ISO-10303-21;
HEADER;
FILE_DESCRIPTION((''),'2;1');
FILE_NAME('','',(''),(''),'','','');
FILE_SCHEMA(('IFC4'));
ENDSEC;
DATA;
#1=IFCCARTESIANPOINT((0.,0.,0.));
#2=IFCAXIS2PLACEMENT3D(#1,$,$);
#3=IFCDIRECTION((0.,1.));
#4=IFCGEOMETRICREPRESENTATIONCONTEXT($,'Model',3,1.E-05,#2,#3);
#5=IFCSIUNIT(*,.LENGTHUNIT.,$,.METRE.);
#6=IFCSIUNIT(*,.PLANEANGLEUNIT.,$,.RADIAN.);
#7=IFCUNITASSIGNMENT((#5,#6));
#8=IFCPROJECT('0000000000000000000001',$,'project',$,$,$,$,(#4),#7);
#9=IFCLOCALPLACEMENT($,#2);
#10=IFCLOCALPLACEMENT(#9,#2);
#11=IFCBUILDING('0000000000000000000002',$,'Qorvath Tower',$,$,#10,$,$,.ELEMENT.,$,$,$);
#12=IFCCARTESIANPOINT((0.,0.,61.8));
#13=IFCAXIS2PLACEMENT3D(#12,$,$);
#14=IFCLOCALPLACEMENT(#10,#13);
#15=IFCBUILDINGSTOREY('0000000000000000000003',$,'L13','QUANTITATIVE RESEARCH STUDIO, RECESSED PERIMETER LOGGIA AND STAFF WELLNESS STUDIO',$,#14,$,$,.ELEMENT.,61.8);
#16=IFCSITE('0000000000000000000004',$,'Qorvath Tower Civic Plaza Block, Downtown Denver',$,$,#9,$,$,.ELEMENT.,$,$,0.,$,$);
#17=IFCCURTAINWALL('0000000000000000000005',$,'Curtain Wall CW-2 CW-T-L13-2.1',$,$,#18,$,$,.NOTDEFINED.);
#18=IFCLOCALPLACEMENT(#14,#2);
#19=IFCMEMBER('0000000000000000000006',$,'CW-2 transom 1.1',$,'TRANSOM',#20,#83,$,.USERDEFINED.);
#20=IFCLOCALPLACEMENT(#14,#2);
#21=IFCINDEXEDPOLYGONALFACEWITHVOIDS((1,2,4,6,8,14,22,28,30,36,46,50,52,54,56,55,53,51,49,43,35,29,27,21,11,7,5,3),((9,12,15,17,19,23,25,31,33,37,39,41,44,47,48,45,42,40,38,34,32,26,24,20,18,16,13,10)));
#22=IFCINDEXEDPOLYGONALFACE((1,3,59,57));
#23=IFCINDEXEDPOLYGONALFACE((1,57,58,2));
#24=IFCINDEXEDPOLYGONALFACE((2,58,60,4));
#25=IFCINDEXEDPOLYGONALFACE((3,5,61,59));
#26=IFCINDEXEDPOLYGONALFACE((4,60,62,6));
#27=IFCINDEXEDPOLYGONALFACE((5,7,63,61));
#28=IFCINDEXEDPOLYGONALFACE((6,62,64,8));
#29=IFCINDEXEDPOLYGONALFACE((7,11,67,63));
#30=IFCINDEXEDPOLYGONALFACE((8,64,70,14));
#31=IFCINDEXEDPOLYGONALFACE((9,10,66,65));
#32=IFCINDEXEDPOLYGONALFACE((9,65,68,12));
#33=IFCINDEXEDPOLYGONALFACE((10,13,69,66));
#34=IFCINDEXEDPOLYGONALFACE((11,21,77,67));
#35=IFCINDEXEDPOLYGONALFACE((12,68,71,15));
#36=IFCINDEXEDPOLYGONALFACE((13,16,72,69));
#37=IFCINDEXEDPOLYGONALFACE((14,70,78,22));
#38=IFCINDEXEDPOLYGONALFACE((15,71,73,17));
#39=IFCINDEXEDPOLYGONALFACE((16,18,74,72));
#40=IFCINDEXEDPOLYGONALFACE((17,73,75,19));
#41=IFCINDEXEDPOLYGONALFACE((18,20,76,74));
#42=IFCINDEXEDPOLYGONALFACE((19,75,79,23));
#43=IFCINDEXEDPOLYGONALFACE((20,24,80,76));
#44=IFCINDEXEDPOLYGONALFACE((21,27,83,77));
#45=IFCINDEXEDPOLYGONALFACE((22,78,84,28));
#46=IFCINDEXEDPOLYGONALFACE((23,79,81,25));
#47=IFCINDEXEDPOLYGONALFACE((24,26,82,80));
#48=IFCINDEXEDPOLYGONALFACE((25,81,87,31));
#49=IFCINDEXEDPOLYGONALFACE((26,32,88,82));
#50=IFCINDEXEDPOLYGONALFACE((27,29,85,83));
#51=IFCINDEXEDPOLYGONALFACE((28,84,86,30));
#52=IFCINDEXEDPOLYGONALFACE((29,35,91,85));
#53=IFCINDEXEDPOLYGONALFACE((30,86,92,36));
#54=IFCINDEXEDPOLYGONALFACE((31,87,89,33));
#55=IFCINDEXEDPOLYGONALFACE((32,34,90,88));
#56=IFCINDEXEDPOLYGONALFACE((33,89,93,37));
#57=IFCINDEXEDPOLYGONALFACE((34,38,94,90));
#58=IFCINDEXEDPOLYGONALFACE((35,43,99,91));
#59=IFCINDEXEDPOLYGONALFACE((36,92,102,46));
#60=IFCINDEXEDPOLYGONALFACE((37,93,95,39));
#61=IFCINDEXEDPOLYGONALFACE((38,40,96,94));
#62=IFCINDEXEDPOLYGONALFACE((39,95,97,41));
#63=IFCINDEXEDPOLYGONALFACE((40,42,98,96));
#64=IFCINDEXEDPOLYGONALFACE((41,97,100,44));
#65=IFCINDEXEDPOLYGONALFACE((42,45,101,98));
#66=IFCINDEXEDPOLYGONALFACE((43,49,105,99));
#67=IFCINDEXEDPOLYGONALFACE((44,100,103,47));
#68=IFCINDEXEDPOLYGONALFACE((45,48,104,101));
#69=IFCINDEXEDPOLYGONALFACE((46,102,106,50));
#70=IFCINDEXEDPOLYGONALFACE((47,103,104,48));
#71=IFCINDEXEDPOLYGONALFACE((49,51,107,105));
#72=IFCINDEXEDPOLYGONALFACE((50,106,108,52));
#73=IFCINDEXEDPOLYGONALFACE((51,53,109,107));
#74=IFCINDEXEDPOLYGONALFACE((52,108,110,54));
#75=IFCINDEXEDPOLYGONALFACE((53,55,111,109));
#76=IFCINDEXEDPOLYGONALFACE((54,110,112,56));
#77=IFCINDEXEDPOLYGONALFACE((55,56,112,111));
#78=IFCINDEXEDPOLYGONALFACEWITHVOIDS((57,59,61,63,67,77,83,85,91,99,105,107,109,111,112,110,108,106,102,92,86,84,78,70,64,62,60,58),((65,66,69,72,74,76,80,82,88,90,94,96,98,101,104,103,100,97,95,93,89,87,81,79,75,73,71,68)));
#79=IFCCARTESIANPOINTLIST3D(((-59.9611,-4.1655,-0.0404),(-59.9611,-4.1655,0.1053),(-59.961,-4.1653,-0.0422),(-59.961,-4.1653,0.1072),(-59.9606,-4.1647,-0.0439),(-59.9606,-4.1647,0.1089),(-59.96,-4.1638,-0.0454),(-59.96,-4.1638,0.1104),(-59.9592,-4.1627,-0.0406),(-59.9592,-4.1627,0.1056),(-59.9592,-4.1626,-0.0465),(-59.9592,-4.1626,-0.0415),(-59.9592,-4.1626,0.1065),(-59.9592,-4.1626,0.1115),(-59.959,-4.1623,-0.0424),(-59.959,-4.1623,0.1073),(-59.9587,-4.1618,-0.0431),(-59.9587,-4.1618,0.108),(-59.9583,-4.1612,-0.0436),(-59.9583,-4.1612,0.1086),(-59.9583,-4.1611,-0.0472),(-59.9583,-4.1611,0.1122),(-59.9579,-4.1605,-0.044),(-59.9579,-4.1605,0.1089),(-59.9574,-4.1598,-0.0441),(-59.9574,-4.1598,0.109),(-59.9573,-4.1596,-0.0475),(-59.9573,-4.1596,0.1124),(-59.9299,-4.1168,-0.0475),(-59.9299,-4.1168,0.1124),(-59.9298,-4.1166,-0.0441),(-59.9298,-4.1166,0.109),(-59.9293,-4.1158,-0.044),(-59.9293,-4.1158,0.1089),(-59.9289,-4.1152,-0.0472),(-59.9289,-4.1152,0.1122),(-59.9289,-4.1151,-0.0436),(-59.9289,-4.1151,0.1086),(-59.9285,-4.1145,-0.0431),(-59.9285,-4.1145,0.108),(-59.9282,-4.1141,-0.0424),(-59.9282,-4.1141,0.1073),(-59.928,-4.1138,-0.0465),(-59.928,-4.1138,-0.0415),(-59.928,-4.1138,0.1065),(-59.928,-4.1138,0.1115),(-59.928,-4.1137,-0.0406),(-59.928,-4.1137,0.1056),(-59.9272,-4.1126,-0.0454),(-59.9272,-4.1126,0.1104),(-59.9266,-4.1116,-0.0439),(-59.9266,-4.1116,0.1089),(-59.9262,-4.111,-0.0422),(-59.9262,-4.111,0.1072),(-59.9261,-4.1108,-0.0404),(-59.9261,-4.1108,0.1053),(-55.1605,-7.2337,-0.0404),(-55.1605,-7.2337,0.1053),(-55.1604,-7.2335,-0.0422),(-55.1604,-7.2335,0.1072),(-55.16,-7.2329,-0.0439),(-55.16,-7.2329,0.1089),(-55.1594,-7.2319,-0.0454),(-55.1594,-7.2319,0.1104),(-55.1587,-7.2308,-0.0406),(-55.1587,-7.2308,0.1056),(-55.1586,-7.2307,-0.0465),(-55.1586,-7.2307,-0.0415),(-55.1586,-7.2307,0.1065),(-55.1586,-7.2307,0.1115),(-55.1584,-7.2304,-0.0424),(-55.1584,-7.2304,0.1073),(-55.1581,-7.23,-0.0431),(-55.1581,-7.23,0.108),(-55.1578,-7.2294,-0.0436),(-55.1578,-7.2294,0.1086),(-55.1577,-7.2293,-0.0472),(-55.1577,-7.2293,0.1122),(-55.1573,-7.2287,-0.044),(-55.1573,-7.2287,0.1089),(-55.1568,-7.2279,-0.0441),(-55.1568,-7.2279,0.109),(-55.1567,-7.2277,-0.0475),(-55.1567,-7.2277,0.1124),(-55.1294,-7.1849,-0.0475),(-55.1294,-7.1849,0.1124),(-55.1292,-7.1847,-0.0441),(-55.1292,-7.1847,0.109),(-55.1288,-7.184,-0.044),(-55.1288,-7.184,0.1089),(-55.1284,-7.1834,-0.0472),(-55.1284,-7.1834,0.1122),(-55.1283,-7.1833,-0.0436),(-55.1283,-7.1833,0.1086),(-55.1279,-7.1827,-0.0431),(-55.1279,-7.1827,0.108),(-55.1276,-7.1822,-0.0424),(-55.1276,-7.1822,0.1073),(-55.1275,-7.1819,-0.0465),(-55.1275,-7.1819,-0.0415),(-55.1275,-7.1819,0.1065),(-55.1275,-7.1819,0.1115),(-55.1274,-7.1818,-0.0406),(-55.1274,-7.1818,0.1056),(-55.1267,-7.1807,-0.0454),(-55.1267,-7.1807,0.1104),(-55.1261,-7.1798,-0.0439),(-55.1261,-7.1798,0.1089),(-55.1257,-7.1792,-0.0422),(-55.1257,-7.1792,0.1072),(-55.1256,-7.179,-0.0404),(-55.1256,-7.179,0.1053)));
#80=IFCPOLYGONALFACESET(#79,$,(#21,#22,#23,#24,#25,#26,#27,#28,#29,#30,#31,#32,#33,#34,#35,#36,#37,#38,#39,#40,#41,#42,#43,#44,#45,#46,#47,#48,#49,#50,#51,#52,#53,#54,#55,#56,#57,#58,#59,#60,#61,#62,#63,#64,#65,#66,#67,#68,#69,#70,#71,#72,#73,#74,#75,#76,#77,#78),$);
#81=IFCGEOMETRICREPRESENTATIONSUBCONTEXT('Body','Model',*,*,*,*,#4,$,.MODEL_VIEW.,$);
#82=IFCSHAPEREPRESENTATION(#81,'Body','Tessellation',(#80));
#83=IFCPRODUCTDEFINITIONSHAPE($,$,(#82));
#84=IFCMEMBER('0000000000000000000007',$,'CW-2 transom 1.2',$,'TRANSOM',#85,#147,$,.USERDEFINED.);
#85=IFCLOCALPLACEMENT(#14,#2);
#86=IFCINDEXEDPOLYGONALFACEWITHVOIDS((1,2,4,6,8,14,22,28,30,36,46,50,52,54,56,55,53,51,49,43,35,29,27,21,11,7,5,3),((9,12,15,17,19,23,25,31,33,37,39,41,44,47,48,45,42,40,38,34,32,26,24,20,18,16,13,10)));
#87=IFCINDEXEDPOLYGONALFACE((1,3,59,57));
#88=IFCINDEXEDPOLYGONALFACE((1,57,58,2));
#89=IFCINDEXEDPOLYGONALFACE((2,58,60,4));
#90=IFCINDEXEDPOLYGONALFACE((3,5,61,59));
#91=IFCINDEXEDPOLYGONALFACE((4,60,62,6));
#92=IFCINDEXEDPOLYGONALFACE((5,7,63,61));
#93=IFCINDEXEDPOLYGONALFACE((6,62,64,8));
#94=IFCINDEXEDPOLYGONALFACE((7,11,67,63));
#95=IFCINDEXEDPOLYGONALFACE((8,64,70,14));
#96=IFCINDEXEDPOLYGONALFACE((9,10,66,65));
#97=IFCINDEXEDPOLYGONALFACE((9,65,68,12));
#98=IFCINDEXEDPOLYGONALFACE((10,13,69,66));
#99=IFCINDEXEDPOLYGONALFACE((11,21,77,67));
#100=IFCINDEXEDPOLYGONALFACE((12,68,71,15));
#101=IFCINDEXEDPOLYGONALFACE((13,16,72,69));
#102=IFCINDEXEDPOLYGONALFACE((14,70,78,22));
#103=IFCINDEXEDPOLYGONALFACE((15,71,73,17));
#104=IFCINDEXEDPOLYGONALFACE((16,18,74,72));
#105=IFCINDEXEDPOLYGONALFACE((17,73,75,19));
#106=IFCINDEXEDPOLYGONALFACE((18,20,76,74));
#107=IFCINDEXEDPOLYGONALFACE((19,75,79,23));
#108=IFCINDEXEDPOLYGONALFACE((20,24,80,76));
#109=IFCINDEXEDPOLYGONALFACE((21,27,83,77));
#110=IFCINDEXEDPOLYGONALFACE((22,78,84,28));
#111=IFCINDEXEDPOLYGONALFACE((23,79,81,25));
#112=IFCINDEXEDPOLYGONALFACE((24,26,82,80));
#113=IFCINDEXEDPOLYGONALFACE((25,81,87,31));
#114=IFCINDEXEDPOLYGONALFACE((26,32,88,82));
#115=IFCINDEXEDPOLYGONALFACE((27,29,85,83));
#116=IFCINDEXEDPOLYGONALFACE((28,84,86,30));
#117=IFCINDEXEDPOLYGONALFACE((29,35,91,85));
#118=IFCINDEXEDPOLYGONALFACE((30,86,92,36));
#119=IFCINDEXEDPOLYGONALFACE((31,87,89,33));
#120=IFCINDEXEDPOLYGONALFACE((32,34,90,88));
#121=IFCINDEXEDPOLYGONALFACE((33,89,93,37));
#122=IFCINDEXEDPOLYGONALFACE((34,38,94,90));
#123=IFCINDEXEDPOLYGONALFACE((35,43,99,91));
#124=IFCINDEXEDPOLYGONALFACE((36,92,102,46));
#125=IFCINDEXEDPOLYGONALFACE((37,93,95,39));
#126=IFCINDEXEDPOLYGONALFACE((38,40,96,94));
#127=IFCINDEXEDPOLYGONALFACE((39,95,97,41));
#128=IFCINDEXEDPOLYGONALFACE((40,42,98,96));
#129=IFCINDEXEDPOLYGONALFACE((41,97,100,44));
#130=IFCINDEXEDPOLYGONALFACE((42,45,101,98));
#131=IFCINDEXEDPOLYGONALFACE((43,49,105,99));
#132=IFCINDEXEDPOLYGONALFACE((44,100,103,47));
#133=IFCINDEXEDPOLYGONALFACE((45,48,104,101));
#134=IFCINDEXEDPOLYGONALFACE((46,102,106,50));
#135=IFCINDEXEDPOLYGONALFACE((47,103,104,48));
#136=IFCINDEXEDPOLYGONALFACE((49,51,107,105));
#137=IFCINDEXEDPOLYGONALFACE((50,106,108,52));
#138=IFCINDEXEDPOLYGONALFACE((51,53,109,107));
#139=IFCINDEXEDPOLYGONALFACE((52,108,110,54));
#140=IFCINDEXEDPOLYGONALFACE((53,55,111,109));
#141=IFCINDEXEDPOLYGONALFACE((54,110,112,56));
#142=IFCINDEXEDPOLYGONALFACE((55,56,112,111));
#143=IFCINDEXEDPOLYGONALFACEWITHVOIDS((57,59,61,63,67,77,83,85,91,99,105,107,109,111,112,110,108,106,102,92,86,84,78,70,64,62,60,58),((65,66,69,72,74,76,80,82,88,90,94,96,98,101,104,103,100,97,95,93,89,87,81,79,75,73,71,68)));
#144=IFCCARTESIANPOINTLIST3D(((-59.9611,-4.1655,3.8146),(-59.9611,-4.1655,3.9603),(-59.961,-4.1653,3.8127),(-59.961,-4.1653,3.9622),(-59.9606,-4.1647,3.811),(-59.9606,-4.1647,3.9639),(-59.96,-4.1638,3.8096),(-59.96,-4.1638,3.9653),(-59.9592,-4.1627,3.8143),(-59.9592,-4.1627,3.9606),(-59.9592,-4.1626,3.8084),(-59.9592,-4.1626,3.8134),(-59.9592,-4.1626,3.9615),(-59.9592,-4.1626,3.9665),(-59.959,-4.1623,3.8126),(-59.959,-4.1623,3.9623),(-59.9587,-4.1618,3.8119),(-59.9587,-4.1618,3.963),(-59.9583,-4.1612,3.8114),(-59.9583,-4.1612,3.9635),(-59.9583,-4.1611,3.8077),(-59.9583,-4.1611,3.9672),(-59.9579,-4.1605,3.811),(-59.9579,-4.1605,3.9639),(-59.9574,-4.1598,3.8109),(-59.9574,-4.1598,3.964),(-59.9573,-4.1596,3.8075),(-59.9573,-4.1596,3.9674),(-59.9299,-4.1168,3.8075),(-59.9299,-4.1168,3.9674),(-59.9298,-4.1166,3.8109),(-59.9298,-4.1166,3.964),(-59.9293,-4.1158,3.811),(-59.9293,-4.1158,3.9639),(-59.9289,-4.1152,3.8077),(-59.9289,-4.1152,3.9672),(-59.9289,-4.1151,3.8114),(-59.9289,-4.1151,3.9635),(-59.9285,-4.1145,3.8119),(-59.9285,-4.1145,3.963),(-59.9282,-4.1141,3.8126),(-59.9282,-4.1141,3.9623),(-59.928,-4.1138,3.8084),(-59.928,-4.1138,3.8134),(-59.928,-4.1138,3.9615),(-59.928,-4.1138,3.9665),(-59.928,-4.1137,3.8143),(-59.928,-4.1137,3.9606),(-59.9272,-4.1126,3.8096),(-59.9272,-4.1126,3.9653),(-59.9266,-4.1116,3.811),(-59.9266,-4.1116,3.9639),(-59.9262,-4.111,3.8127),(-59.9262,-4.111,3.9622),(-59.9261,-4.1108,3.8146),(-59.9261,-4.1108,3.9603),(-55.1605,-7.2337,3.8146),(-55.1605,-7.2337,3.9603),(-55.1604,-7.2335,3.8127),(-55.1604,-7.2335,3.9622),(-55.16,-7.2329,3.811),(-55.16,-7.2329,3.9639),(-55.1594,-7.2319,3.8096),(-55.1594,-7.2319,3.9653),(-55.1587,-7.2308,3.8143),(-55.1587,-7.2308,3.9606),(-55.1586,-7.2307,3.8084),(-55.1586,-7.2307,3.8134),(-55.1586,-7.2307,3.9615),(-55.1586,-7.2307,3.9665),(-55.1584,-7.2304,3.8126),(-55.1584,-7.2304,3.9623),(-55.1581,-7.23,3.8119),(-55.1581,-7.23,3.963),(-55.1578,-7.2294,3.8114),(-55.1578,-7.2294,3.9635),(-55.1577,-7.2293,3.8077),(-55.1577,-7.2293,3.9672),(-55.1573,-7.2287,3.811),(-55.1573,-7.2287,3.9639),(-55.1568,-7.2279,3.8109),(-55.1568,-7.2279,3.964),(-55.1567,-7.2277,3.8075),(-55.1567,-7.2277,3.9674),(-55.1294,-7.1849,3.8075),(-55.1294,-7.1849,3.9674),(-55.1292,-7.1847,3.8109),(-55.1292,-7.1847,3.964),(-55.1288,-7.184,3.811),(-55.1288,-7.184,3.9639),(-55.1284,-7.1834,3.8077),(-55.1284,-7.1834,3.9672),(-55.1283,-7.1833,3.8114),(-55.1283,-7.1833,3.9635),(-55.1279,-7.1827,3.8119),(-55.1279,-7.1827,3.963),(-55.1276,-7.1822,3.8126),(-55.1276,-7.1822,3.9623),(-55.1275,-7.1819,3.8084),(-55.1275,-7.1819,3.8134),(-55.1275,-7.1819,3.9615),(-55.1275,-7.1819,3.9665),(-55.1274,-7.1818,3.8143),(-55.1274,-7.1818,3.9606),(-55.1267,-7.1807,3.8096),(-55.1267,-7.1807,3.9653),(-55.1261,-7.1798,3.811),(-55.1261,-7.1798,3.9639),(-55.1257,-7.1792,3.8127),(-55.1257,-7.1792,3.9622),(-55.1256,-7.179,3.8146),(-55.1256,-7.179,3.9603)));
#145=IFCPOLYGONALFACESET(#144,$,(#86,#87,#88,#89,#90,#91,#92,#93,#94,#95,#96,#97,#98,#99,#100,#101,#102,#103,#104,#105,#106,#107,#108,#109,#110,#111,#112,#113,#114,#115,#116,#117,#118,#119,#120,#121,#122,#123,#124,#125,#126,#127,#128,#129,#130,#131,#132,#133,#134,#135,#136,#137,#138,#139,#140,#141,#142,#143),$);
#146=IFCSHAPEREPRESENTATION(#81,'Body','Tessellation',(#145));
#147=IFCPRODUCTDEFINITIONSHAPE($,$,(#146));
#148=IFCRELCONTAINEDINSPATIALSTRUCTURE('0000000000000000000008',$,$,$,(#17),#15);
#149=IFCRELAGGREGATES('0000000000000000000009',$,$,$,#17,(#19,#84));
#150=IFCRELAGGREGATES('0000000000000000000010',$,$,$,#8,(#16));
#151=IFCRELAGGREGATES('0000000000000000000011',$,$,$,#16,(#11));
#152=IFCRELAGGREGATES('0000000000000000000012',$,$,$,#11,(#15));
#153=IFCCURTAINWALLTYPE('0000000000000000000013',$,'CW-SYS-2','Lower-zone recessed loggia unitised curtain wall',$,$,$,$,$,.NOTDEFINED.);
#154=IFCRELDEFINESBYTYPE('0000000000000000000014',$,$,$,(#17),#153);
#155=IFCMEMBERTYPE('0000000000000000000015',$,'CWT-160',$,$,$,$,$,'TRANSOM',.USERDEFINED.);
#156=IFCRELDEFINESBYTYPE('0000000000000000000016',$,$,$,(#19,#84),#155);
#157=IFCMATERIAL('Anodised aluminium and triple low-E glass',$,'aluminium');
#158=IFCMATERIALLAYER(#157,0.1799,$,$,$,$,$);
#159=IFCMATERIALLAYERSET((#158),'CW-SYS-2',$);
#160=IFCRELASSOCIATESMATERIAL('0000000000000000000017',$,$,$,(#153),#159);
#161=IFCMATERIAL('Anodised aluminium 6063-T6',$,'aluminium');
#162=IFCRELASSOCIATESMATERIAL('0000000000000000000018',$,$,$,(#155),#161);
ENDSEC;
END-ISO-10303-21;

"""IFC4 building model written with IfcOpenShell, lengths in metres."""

from ifc_helpers import new_model, si_unit, direction, frame, origin, origin_2d, place, context, subcontext, project, spatial, hollow_rectangle, extrude, material, layer, layer_set, material_profile, profile_set, type_object, element, aggregate, save


model = new_model("IFC4")

# Units and contexts
model_context = context("Model", 3, precision=1e-05, world=origin(), true_north=direction((0.0, 1.0)))
body_context = subcontext(model_context, "Body", "Model", "MODEL_VIEW")
ifc_project = project(units=[si_unit("LENGTHUNIT", "METRE"), si_unit("PLANEANGLEUNIT", "RADIAN")], contexts=[model_context])

# Site, building, storey
site_placement = place(None, origin())
site = spatial("IfcSite", under=ifc_project, at=site_placement, Name="Qorvath Tower Civic Plaza Block, Downtown Denver", CompositionType="ELEMENT", RefElevation=0.0)
building_placement = place(site_placement, origin())
building = spatial("IfcBuilding", under=site, at=building_placement, Name="Qorvath Tower", CompositionType="ELEMENT")
storey_placement = place(building_placement, frame((0.0, 0.0, 61.8)))
storey = spatial("IfcBuildingStorey", under=building, at=storey_placement, Name="L13", Description="QUANTITATIVE RESEARCH STUDIO, RECESSED PERIMETER LOGGIA AND STAFF WELLNESS STUDIO", CompositionType="ELEMENT", Elevation=61.8)

# Curtain wall, members
ifc_material_1 = material(Name="Anodised aluminium and triple low-E glass", Category="aluminium")
ifc_layer_1 = layer(ifc_material_1, 0.1799)
ifc_layer_set_1 = layer_set([ifc_layer_1], Name="CW-SYS-2")
curtain_wall_type = type_object("IfcCurtainWallType", Name="CW-SYS-2", Description="Lower-zone recessed loggia unitised curtain wall", PredefinedType="NOTDEFINED", material=ifc_layer_set_1)
curtain_wall_placement = place(storey_placement, origin())
curtain_wall = element("IfcCurtainWall", 1, at=curtain_wall_placement, inside=storey, type_object=curtain_wall_type, Name="Curtain Wall CW-2 CW-T-L13-2.1", PredefinedType="NOTDEFINED")
ifc_material_2 = material(Name="Anodised aluminium 6063-T6", Category="aluminium")
ifc_material_profile_1 = material_profile(ifc_material_2, hollow_rectangle(XDim=0.0649, YDim=0.1599, WallThickness=0.0034, InnerFilletRadius=0.0034, OuterFilletRadius=0.0071, at=origin_2d()), Name="CWT 160x65")
ifc_profile_set_1 = profile_set([ifc_material_profile_1], Name="Anodised aluminium 6063-T6")
member_type_1 = type_object("IfcMemberType", Name="CWT-160", ElementType="TRANSOM", PredefinedType="USERDEFINED", material=ifc_profile_set_1)
member_1_placement = place(storey_placement, frame((-59.9436, -4.1382, 0.0325), z_axis=(0.842608, -0.538527, 0.0), x_axis=(0.538527, 0.842608, 0.0)))
member_1 = element("IfcMember", 2, at=member_1_placement, type_object=member_type_1, Name="CW-2 transom 1.1", ObjectType="TRANSOM", PredefinedType="USERDEFINED", context=body_context, shape_type="SweptSolid", body=[
    extrude(hollow_rectangle(XDim=0.0649, YDim=0.1599, WallThickness=0.0034, InnerFilletRadius=0.0034, OuterFilletRadius=0.0071, at=origin_2d()), origin(), (0.0, 0.0, 1.0), 5.6973),
])
member_2_placement = place(storey_placement, frame((-59.9436, -4.1382, 3.8875), z_axis=(0.842608, -0.538527, 0.0), x_axis=(0.538527, 0.842608, 0.0)))
member_2 = element("IfcMember", 3, at=member_2_placement, type_object=member_type_1, Name="CW-2 transom 1.2", ObjectType="TRANSOM", PredefinedType="USERDEFINED", context=body_context, shape_type="SweptSolid", body=[
    extrude(hollow_rectangle(XDim=0.0649, YDim=0.1599, WallThickness=0.0034, InnerFilletRadius=0.0034, OuterFilletRadius=0.0071, at=origin_2d()), origin(), (0.0, 0.0, 1.0), 5.6973),
])

aggregate(curtain_wall, [member_1, member_2])

save(model, "model.ifc")
